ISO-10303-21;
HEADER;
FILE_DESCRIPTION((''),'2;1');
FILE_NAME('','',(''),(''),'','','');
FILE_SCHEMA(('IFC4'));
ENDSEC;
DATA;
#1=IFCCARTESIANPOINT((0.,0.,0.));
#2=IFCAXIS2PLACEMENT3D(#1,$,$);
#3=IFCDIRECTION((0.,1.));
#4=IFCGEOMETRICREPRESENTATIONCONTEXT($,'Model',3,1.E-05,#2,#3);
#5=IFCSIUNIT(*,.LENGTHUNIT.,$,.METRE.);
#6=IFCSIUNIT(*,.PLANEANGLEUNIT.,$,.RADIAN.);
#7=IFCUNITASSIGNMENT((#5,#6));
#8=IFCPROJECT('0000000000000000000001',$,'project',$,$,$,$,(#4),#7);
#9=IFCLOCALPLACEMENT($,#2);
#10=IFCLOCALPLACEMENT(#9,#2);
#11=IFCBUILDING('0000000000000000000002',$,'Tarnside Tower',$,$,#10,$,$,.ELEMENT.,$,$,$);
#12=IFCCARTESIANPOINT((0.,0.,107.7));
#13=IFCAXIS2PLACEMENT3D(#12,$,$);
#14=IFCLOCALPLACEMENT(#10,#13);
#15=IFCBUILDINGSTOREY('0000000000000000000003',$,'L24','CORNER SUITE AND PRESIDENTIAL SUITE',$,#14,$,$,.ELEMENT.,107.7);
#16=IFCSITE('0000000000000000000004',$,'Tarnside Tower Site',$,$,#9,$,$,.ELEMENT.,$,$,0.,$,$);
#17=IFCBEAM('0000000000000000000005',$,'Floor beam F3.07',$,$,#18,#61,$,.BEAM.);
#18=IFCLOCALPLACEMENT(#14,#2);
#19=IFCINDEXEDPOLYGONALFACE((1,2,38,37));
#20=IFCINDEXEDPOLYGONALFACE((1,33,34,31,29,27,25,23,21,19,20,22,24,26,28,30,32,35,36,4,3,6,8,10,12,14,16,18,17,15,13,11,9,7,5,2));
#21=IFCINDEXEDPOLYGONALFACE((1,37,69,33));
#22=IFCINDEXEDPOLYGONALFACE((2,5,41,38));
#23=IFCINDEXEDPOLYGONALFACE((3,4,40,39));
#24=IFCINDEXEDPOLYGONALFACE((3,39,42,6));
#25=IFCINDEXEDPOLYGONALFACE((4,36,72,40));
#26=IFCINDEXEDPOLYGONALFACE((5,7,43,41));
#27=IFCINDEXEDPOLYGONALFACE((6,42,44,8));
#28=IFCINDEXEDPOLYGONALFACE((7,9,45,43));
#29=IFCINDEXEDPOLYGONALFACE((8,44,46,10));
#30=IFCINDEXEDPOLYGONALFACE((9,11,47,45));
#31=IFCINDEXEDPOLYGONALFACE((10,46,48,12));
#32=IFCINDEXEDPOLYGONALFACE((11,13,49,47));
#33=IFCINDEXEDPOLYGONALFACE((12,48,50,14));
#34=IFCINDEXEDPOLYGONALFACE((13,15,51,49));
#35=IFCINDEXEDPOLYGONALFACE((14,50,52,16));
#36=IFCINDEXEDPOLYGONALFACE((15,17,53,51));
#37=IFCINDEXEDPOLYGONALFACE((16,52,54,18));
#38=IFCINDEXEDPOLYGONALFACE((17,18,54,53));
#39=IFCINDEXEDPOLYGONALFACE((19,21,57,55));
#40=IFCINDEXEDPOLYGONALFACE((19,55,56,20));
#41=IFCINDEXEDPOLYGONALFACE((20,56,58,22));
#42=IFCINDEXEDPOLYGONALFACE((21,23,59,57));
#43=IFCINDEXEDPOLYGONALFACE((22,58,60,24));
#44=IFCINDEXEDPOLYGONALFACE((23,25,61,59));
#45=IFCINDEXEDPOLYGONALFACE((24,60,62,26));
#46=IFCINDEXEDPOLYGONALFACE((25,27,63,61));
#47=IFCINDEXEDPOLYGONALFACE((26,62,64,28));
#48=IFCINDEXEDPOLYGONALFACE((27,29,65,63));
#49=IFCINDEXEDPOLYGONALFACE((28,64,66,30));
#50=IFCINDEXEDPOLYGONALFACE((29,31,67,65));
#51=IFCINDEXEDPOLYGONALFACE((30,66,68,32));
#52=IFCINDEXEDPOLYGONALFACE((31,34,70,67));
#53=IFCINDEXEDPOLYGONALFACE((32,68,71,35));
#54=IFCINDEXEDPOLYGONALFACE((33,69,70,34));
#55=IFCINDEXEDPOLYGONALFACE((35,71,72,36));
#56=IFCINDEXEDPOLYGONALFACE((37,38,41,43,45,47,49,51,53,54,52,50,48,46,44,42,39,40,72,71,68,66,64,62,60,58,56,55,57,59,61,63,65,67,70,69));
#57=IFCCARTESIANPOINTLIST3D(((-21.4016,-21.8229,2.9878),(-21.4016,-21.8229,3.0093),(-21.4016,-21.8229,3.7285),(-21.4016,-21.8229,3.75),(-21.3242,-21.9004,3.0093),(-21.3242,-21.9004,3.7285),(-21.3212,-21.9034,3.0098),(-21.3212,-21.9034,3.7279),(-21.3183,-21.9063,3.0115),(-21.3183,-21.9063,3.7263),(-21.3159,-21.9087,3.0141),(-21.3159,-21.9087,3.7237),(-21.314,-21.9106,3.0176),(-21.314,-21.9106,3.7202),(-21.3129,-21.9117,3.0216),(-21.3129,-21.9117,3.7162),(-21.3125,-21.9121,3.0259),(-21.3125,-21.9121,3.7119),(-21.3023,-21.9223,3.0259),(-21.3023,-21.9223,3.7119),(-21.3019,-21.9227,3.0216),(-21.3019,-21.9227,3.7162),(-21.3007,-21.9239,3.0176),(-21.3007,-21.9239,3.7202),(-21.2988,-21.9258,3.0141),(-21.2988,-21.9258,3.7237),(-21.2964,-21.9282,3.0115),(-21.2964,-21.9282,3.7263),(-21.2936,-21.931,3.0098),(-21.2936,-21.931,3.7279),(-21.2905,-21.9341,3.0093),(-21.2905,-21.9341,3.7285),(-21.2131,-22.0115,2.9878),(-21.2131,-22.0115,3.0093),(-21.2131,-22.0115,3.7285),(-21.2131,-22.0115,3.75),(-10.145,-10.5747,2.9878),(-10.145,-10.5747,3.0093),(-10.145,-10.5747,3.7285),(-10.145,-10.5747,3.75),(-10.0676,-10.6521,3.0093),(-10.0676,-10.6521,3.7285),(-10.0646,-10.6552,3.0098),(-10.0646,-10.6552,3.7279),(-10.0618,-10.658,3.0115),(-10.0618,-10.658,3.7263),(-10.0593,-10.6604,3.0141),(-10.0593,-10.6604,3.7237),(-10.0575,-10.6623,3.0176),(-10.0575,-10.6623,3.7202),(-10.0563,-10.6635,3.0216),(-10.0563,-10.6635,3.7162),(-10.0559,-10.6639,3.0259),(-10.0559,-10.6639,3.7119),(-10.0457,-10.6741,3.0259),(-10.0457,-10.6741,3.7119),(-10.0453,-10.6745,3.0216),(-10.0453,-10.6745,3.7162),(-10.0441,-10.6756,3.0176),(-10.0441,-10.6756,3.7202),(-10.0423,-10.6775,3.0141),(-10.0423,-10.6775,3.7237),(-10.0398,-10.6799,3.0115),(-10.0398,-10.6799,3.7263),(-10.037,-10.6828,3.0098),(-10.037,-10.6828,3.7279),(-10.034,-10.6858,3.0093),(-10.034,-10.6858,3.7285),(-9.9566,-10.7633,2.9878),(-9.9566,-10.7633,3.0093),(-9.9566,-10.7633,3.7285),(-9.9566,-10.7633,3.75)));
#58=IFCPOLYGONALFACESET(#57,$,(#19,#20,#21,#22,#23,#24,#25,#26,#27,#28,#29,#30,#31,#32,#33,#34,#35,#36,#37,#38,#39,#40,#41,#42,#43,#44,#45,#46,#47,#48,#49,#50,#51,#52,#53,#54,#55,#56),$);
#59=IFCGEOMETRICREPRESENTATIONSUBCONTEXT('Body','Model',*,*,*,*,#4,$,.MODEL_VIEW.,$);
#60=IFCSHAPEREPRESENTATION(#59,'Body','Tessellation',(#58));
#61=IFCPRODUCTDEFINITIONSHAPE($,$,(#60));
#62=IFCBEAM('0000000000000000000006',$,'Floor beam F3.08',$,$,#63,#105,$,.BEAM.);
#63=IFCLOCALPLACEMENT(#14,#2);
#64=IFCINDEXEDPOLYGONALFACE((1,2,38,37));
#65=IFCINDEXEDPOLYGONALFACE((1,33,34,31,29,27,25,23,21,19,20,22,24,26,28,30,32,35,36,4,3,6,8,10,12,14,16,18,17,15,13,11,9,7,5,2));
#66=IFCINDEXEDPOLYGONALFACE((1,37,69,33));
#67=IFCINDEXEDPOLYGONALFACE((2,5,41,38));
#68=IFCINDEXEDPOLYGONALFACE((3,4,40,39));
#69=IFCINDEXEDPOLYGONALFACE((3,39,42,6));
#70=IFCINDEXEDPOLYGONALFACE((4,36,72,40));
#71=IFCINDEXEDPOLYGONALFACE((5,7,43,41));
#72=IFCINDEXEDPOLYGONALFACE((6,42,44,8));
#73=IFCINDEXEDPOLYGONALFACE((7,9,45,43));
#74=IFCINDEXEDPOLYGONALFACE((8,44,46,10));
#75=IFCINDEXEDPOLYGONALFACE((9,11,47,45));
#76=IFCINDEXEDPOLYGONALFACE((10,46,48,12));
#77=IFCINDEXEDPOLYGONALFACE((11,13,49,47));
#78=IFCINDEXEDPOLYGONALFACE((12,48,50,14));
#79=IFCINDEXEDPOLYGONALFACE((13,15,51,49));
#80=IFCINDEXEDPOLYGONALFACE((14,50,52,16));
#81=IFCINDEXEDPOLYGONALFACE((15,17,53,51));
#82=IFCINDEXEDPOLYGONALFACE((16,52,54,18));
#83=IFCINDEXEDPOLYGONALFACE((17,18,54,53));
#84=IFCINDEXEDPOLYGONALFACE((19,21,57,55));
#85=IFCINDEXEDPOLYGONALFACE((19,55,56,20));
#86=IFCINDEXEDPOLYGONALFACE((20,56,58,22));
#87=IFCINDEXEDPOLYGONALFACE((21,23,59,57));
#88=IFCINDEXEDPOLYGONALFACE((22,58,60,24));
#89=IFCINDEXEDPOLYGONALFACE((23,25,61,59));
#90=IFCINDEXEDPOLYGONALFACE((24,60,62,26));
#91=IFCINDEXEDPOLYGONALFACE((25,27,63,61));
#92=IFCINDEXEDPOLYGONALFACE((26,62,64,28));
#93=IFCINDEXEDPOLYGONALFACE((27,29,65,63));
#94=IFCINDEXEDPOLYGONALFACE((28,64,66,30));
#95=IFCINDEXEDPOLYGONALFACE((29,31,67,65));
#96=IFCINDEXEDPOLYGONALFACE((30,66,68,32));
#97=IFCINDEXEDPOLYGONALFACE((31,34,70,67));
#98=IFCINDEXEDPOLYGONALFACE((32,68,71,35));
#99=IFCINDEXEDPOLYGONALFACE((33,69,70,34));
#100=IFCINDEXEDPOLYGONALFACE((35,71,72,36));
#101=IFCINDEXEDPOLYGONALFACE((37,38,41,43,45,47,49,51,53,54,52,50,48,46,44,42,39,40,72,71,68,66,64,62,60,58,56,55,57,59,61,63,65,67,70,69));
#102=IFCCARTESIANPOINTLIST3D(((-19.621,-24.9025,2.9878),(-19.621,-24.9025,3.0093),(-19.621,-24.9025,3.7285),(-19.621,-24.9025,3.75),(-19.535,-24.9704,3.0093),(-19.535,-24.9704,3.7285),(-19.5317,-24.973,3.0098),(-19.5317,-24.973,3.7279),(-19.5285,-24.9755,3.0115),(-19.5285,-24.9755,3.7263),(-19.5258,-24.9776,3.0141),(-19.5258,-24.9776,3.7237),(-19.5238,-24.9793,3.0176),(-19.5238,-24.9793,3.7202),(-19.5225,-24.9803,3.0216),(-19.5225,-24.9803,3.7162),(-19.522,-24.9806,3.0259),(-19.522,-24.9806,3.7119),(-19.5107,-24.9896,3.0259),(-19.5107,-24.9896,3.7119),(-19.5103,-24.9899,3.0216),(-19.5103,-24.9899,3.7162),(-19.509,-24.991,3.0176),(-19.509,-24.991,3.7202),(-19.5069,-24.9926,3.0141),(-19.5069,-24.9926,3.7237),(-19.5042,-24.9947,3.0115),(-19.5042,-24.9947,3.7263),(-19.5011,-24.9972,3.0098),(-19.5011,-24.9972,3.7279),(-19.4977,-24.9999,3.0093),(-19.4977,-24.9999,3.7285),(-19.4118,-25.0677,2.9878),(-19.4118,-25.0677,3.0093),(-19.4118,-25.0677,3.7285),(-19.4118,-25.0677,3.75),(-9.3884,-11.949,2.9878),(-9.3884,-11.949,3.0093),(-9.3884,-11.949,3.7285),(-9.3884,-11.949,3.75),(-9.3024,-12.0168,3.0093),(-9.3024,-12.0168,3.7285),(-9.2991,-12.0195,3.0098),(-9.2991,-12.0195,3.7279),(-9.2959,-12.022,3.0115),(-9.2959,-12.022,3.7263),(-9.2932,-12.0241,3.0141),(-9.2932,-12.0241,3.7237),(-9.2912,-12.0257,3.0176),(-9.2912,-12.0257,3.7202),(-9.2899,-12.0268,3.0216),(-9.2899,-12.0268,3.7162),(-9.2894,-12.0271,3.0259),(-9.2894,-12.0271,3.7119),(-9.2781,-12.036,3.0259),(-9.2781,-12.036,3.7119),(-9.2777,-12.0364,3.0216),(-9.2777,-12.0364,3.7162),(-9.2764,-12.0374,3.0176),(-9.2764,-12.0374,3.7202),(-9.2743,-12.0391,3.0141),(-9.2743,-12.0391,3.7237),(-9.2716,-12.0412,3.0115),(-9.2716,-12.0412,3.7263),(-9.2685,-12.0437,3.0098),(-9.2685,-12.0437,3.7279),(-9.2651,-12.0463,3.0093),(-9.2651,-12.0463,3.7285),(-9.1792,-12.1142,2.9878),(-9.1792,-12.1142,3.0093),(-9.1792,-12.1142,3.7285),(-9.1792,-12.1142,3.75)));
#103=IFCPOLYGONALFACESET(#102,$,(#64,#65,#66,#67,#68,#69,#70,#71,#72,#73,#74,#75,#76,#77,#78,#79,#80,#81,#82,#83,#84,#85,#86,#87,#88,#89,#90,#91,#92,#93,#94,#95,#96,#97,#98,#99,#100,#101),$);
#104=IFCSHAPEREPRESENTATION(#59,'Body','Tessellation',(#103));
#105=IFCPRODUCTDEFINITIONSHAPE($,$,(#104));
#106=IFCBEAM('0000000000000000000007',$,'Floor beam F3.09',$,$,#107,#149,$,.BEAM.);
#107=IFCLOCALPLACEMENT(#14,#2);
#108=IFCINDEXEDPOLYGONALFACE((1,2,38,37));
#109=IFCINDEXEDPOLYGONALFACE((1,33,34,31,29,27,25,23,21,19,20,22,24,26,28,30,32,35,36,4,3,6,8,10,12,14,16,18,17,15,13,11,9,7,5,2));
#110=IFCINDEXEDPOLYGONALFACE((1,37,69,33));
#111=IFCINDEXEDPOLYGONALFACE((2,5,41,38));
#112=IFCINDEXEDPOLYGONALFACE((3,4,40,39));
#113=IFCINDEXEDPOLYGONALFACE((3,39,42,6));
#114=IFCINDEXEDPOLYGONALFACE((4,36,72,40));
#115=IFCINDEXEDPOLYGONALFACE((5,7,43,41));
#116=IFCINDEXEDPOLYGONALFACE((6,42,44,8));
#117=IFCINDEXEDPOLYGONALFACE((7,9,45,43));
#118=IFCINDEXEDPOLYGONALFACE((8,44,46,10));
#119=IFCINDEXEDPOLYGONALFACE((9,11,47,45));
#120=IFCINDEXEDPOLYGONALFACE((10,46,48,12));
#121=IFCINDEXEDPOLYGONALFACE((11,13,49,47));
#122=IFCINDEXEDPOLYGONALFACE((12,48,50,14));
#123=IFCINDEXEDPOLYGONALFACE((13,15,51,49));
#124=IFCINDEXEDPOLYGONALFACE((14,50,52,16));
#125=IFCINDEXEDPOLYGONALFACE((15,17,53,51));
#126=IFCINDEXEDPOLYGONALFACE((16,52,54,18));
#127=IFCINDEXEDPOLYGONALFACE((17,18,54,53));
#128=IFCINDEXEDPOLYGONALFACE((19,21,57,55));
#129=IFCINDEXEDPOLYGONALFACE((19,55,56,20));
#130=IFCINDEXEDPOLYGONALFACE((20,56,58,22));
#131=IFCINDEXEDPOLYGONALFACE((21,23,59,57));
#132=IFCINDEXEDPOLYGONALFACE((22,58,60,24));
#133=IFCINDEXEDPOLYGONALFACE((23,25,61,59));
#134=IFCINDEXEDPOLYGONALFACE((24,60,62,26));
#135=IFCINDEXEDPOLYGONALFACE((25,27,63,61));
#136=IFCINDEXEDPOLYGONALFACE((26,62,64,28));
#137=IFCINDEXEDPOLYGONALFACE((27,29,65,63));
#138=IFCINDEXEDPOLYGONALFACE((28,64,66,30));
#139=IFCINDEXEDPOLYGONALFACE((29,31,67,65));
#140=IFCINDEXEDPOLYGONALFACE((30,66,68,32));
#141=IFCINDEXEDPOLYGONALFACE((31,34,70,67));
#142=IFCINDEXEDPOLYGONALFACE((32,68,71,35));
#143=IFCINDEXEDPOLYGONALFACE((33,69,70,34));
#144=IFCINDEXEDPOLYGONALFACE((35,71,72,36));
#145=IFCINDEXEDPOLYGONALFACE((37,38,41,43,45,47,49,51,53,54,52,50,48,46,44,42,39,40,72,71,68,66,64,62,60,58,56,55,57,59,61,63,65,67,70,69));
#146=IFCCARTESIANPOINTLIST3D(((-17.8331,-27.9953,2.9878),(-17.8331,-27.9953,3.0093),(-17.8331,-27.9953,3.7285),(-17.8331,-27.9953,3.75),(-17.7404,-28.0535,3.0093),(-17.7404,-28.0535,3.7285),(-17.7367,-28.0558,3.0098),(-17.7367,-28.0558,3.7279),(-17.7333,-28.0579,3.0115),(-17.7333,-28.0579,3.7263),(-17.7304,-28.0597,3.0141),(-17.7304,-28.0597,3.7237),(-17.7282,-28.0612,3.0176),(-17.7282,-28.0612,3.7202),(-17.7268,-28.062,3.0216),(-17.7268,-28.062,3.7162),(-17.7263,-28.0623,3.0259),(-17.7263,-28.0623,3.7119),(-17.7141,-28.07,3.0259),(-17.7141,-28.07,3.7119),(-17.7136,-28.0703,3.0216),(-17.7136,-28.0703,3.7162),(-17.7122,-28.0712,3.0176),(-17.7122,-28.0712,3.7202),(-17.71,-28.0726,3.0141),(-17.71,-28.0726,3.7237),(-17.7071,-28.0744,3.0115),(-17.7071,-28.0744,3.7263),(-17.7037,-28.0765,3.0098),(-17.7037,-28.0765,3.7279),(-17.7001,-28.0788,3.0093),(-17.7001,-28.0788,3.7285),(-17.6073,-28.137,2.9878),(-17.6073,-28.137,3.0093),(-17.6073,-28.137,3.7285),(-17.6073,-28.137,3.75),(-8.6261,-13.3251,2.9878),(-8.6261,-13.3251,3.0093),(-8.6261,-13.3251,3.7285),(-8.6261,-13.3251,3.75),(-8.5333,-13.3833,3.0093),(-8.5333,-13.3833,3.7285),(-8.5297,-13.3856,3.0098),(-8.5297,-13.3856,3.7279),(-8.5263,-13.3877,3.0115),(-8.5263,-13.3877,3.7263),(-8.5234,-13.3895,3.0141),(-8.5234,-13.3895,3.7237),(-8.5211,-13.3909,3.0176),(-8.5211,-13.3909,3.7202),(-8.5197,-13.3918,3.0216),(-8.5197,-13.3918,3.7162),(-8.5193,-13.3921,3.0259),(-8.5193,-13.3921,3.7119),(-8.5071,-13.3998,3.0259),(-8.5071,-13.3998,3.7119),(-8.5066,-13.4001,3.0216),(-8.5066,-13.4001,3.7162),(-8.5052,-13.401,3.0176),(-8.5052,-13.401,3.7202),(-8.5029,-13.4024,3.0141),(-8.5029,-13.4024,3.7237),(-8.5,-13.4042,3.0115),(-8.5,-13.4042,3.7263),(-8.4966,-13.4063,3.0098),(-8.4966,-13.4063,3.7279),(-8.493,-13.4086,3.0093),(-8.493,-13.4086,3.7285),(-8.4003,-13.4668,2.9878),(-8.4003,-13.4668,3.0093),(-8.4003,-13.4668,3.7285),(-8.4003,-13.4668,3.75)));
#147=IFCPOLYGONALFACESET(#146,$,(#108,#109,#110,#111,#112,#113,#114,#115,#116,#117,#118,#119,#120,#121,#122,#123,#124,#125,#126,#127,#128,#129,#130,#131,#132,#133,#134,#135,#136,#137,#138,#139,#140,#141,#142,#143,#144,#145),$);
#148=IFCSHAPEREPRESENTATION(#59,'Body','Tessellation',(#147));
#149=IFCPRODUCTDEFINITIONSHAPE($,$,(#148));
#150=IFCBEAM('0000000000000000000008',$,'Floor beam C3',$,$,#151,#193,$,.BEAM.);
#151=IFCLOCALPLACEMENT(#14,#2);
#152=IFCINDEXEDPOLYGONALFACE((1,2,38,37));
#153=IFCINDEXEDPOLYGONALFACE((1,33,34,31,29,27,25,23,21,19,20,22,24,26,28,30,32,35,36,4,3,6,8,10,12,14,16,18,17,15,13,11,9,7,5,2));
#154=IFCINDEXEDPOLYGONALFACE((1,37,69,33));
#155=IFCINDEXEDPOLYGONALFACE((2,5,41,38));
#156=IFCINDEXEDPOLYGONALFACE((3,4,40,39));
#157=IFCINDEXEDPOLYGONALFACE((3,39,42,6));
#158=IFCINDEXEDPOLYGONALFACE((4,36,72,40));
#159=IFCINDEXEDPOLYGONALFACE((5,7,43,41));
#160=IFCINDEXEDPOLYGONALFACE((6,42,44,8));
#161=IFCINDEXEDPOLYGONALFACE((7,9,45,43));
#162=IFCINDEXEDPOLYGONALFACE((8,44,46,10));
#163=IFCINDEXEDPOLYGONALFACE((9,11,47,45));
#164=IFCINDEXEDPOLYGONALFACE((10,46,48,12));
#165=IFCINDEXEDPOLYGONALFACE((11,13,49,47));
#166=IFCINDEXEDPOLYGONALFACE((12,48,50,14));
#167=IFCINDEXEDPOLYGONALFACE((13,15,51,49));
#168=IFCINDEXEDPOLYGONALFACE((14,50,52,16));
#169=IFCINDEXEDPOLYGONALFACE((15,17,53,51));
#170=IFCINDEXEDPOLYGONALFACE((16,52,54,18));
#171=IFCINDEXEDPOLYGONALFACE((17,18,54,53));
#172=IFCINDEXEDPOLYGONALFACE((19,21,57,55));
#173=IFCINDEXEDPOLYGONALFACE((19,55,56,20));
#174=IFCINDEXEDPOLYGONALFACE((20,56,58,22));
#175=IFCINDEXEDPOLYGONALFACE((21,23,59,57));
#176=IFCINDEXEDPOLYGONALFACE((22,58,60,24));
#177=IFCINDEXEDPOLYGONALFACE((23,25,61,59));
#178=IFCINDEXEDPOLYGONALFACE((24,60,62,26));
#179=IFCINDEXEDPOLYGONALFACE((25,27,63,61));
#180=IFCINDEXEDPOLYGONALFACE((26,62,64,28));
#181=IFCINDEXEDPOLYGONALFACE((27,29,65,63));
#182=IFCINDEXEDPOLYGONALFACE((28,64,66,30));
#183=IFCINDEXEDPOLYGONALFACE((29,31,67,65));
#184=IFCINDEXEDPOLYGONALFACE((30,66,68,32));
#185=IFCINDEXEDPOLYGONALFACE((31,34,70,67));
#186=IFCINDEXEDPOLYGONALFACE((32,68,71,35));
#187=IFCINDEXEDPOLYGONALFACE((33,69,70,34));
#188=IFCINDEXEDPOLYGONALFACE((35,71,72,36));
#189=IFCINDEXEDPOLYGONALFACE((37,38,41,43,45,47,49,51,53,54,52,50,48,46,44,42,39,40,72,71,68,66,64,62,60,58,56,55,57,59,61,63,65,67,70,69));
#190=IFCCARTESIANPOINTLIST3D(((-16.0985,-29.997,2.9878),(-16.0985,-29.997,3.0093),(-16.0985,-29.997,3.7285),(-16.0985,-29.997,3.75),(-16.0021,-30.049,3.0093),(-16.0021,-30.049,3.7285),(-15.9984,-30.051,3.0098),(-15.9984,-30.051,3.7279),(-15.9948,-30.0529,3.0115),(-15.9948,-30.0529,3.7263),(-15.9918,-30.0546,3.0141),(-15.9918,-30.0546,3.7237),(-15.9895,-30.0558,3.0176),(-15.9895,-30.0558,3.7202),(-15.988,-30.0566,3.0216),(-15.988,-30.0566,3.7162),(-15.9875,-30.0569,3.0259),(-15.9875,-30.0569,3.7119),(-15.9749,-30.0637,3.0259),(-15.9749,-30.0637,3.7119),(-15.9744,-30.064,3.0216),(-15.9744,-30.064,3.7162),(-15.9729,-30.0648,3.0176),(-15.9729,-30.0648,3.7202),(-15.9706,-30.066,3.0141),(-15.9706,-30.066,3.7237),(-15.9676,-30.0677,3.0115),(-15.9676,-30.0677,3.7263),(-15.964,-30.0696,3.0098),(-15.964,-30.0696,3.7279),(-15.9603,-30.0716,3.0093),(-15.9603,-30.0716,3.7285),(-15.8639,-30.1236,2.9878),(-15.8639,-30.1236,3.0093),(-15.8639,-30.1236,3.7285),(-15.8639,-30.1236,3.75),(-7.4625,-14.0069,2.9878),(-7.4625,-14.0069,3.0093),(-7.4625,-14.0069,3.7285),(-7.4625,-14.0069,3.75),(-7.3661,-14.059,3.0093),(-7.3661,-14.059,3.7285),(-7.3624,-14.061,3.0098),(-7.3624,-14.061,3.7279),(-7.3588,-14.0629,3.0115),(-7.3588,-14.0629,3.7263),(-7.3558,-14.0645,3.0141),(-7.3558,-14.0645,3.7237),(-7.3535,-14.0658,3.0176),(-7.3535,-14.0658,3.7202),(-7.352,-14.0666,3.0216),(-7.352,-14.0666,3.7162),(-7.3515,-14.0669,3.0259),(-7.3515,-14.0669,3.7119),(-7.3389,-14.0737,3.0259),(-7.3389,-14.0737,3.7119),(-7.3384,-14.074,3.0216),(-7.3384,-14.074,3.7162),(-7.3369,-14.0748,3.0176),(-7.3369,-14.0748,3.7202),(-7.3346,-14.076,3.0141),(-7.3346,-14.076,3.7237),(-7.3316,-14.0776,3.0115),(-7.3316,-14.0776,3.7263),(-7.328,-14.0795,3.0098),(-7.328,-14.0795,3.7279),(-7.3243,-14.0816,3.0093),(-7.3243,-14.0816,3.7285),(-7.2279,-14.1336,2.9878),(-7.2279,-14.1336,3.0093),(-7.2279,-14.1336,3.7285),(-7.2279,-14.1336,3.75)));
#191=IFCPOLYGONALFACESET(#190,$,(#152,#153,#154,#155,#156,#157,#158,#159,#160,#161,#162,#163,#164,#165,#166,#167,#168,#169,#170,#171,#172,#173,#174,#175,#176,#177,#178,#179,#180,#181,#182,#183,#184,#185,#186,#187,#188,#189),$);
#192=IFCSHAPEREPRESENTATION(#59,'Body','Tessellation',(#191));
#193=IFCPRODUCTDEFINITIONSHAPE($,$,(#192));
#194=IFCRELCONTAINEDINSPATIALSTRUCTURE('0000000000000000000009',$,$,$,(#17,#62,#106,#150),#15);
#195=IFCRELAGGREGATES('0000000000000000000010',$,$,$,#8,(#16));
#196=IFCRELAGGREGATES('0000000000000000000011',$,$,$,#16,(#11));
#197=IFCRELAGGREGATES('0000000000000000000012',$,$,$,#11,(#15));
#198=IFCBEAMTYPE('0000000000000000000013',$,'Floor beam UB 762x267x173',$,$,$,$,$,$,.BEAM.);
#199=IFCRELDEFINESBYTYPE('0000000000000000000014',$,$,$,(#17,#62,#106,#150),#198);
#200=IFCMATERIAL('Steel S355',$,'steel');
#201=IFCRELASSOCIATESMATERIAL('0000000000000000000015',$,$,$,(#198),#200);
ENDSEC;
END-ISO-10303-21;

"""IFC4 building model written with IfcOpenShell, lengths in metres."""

from ifc_helpers import new_model, si_unit, direction, frame, origin, origin_2d, place, context, subcontext, project, spatial, i_section, extrude, material, material_profile, profile_set, type_object, element, save


model = new_model("IFC4")

# Units and contexts
model_context = context("Model", 3, precision=1e-05, world=origin(), true_north=direction((0.0, 1.0)))
body_context = subcontext(model_context, "Body", "Model", "MODEL_VIEW")
ifc_project = project(units=[si_unit("LENGTHUNIT", "METRE"), si_unit("PLANEANGLEUNIT", "RADIAN")], contexts=[model_context])

# Site, building, storey
site_placement = place(None, origin())
site = spatial("IfcSite", under=ifc_project, at=site_placement, Name="Tarnside Tower Site", CompositionType="ELEMENT", RefElevation=0.0)
building_placement = place(site_placement, origin())
building = spatial("IfcBuilding", under=site, at=building_placement, Name="Tarnside Tower", CompositionType="ELEMENT")
storey_placement = place(building_placement, frame((0.0, 0.0, 107.7)))
storey = spatial("IfcBuildingStorey", under=building, at=storey_placement, Name="L24", Description="CORNER SUITE AND PRESIDENTIAL SUITE", CompositionType="ELEMENT", Elevation=107.7)

# Beams
ifc_material_1 = material(Name="Steel S355", Category="steel")
ifc_material_profile_1 = material_profile(ifc_material_1, i_section(OverallWidth=0.2666, OverallDepth=0.7622, WebThickness=0.0144, FlangeThickness=0.0215, FilletRadius=0.0166, at=origin_2d()), Name="UB 762x267x173")
ifc_profile_set_1 = profile_set([ifc_material_profile_1], Name="Steel S355")
beam_type_1 = type_object("IfcBeamType", Name="Floor beam UB 762x267x173", PredefinedType="BEAM", material=ifc_profile_set_1)
beam_1_placement = place(storey_placement, frame((-21.3074, -21.9172, 3.3689), z_axis=(0.707368, 0.706846, 0.0), x_axis=(-0.706846, 0.707368, 0.0)))
element("IfcBeam", 1, at=beam_1_placement, inside=storey, type_object=beam_type_1, Name="Floor beam F3.07", PredefinedType="BEAM", context=body_context, shape_type="SweptSolid", body=[
    extrude(i_section(OverallWidth=0.2666, OverallDepth=0.7622, WebThickness=0.0144, FlangeThickness=0.0215, FilletRadius=0.0166, at=origin_2d()), origin(), (0.0, 0.0, 1.0), 15.9133),
])
beam_2_placement = place(storey_placement, frame((-19.5164, -24.9851, 3.3689), z_axis=(0.619873, 0.784702, 0.0), x_axis=(-0.784702, 0.619873, 0.0)))
element("IfcBeam", 2, at=beam_2_placement, inside=storey, type_object=beam_type_1, Name="Floor beam F3.08", PredefinedType="BEAM", context=body_context, shape_type="SweptSolid", body=[
    extrude(i_section(OverallWidth=0.2666, OverallDepth=0.7622, WebThickness=0.0144, FlangeThickness=0.0215, FilletRadius=0.0166, at=origin_2d()), origin(), (0.0, 0.0, 1.0), 16.5076),
])
beam_3_placement = place(storey_placement, frame((-17.7202, -28.0662, 3.3689), z_axis=(0.531583, 0.847006, 0.0), x_axis=(-0.847006, 0.531583, 0.0)))
element("IfcBeam", 3, at=beam_3_placement, inside=storey, type_object=beam_type_1, Name="Floor beam F3.09", PredefinedType="BEAM", context=body_context, shape_type="SweptSolid", body=[
    extrude(i_section(OverallWidth=0.2666, OverallDepth=0.7622, WebThickness=0.0144, FlangeThickness=0.0215, FilletRadius=0.0166, at=origin_2d()), origin(), (0.0, 0.0, 1.0), 17.3201),
])
beam_4_placement = place(storey_placement, frame((-15.9812, -30.0603, 3.3689), z_axis=(0.475208, 0.879873, 0.0), x_axis=(-0.879873, 0.475208, 0.0)))
element("IfcBeam", 4, at=beam_4_placement, inside=storey, type_object=beam_type_1, Name="Floor beam C3", PredefinedType="BEAM", context=body_context, shape_type="SweptSolid", body=[
    extrude(i_section(OverallWidth=0.2666, OverallDepth=0.7622, WebThickness=0.0144, FlangeThickness=0.0215, FilletRadius=0.0166, at=origin_2d()), origin(), (0.0, 0.0, 1.0), 18.1731),
])

save(model, "model.ifc")
